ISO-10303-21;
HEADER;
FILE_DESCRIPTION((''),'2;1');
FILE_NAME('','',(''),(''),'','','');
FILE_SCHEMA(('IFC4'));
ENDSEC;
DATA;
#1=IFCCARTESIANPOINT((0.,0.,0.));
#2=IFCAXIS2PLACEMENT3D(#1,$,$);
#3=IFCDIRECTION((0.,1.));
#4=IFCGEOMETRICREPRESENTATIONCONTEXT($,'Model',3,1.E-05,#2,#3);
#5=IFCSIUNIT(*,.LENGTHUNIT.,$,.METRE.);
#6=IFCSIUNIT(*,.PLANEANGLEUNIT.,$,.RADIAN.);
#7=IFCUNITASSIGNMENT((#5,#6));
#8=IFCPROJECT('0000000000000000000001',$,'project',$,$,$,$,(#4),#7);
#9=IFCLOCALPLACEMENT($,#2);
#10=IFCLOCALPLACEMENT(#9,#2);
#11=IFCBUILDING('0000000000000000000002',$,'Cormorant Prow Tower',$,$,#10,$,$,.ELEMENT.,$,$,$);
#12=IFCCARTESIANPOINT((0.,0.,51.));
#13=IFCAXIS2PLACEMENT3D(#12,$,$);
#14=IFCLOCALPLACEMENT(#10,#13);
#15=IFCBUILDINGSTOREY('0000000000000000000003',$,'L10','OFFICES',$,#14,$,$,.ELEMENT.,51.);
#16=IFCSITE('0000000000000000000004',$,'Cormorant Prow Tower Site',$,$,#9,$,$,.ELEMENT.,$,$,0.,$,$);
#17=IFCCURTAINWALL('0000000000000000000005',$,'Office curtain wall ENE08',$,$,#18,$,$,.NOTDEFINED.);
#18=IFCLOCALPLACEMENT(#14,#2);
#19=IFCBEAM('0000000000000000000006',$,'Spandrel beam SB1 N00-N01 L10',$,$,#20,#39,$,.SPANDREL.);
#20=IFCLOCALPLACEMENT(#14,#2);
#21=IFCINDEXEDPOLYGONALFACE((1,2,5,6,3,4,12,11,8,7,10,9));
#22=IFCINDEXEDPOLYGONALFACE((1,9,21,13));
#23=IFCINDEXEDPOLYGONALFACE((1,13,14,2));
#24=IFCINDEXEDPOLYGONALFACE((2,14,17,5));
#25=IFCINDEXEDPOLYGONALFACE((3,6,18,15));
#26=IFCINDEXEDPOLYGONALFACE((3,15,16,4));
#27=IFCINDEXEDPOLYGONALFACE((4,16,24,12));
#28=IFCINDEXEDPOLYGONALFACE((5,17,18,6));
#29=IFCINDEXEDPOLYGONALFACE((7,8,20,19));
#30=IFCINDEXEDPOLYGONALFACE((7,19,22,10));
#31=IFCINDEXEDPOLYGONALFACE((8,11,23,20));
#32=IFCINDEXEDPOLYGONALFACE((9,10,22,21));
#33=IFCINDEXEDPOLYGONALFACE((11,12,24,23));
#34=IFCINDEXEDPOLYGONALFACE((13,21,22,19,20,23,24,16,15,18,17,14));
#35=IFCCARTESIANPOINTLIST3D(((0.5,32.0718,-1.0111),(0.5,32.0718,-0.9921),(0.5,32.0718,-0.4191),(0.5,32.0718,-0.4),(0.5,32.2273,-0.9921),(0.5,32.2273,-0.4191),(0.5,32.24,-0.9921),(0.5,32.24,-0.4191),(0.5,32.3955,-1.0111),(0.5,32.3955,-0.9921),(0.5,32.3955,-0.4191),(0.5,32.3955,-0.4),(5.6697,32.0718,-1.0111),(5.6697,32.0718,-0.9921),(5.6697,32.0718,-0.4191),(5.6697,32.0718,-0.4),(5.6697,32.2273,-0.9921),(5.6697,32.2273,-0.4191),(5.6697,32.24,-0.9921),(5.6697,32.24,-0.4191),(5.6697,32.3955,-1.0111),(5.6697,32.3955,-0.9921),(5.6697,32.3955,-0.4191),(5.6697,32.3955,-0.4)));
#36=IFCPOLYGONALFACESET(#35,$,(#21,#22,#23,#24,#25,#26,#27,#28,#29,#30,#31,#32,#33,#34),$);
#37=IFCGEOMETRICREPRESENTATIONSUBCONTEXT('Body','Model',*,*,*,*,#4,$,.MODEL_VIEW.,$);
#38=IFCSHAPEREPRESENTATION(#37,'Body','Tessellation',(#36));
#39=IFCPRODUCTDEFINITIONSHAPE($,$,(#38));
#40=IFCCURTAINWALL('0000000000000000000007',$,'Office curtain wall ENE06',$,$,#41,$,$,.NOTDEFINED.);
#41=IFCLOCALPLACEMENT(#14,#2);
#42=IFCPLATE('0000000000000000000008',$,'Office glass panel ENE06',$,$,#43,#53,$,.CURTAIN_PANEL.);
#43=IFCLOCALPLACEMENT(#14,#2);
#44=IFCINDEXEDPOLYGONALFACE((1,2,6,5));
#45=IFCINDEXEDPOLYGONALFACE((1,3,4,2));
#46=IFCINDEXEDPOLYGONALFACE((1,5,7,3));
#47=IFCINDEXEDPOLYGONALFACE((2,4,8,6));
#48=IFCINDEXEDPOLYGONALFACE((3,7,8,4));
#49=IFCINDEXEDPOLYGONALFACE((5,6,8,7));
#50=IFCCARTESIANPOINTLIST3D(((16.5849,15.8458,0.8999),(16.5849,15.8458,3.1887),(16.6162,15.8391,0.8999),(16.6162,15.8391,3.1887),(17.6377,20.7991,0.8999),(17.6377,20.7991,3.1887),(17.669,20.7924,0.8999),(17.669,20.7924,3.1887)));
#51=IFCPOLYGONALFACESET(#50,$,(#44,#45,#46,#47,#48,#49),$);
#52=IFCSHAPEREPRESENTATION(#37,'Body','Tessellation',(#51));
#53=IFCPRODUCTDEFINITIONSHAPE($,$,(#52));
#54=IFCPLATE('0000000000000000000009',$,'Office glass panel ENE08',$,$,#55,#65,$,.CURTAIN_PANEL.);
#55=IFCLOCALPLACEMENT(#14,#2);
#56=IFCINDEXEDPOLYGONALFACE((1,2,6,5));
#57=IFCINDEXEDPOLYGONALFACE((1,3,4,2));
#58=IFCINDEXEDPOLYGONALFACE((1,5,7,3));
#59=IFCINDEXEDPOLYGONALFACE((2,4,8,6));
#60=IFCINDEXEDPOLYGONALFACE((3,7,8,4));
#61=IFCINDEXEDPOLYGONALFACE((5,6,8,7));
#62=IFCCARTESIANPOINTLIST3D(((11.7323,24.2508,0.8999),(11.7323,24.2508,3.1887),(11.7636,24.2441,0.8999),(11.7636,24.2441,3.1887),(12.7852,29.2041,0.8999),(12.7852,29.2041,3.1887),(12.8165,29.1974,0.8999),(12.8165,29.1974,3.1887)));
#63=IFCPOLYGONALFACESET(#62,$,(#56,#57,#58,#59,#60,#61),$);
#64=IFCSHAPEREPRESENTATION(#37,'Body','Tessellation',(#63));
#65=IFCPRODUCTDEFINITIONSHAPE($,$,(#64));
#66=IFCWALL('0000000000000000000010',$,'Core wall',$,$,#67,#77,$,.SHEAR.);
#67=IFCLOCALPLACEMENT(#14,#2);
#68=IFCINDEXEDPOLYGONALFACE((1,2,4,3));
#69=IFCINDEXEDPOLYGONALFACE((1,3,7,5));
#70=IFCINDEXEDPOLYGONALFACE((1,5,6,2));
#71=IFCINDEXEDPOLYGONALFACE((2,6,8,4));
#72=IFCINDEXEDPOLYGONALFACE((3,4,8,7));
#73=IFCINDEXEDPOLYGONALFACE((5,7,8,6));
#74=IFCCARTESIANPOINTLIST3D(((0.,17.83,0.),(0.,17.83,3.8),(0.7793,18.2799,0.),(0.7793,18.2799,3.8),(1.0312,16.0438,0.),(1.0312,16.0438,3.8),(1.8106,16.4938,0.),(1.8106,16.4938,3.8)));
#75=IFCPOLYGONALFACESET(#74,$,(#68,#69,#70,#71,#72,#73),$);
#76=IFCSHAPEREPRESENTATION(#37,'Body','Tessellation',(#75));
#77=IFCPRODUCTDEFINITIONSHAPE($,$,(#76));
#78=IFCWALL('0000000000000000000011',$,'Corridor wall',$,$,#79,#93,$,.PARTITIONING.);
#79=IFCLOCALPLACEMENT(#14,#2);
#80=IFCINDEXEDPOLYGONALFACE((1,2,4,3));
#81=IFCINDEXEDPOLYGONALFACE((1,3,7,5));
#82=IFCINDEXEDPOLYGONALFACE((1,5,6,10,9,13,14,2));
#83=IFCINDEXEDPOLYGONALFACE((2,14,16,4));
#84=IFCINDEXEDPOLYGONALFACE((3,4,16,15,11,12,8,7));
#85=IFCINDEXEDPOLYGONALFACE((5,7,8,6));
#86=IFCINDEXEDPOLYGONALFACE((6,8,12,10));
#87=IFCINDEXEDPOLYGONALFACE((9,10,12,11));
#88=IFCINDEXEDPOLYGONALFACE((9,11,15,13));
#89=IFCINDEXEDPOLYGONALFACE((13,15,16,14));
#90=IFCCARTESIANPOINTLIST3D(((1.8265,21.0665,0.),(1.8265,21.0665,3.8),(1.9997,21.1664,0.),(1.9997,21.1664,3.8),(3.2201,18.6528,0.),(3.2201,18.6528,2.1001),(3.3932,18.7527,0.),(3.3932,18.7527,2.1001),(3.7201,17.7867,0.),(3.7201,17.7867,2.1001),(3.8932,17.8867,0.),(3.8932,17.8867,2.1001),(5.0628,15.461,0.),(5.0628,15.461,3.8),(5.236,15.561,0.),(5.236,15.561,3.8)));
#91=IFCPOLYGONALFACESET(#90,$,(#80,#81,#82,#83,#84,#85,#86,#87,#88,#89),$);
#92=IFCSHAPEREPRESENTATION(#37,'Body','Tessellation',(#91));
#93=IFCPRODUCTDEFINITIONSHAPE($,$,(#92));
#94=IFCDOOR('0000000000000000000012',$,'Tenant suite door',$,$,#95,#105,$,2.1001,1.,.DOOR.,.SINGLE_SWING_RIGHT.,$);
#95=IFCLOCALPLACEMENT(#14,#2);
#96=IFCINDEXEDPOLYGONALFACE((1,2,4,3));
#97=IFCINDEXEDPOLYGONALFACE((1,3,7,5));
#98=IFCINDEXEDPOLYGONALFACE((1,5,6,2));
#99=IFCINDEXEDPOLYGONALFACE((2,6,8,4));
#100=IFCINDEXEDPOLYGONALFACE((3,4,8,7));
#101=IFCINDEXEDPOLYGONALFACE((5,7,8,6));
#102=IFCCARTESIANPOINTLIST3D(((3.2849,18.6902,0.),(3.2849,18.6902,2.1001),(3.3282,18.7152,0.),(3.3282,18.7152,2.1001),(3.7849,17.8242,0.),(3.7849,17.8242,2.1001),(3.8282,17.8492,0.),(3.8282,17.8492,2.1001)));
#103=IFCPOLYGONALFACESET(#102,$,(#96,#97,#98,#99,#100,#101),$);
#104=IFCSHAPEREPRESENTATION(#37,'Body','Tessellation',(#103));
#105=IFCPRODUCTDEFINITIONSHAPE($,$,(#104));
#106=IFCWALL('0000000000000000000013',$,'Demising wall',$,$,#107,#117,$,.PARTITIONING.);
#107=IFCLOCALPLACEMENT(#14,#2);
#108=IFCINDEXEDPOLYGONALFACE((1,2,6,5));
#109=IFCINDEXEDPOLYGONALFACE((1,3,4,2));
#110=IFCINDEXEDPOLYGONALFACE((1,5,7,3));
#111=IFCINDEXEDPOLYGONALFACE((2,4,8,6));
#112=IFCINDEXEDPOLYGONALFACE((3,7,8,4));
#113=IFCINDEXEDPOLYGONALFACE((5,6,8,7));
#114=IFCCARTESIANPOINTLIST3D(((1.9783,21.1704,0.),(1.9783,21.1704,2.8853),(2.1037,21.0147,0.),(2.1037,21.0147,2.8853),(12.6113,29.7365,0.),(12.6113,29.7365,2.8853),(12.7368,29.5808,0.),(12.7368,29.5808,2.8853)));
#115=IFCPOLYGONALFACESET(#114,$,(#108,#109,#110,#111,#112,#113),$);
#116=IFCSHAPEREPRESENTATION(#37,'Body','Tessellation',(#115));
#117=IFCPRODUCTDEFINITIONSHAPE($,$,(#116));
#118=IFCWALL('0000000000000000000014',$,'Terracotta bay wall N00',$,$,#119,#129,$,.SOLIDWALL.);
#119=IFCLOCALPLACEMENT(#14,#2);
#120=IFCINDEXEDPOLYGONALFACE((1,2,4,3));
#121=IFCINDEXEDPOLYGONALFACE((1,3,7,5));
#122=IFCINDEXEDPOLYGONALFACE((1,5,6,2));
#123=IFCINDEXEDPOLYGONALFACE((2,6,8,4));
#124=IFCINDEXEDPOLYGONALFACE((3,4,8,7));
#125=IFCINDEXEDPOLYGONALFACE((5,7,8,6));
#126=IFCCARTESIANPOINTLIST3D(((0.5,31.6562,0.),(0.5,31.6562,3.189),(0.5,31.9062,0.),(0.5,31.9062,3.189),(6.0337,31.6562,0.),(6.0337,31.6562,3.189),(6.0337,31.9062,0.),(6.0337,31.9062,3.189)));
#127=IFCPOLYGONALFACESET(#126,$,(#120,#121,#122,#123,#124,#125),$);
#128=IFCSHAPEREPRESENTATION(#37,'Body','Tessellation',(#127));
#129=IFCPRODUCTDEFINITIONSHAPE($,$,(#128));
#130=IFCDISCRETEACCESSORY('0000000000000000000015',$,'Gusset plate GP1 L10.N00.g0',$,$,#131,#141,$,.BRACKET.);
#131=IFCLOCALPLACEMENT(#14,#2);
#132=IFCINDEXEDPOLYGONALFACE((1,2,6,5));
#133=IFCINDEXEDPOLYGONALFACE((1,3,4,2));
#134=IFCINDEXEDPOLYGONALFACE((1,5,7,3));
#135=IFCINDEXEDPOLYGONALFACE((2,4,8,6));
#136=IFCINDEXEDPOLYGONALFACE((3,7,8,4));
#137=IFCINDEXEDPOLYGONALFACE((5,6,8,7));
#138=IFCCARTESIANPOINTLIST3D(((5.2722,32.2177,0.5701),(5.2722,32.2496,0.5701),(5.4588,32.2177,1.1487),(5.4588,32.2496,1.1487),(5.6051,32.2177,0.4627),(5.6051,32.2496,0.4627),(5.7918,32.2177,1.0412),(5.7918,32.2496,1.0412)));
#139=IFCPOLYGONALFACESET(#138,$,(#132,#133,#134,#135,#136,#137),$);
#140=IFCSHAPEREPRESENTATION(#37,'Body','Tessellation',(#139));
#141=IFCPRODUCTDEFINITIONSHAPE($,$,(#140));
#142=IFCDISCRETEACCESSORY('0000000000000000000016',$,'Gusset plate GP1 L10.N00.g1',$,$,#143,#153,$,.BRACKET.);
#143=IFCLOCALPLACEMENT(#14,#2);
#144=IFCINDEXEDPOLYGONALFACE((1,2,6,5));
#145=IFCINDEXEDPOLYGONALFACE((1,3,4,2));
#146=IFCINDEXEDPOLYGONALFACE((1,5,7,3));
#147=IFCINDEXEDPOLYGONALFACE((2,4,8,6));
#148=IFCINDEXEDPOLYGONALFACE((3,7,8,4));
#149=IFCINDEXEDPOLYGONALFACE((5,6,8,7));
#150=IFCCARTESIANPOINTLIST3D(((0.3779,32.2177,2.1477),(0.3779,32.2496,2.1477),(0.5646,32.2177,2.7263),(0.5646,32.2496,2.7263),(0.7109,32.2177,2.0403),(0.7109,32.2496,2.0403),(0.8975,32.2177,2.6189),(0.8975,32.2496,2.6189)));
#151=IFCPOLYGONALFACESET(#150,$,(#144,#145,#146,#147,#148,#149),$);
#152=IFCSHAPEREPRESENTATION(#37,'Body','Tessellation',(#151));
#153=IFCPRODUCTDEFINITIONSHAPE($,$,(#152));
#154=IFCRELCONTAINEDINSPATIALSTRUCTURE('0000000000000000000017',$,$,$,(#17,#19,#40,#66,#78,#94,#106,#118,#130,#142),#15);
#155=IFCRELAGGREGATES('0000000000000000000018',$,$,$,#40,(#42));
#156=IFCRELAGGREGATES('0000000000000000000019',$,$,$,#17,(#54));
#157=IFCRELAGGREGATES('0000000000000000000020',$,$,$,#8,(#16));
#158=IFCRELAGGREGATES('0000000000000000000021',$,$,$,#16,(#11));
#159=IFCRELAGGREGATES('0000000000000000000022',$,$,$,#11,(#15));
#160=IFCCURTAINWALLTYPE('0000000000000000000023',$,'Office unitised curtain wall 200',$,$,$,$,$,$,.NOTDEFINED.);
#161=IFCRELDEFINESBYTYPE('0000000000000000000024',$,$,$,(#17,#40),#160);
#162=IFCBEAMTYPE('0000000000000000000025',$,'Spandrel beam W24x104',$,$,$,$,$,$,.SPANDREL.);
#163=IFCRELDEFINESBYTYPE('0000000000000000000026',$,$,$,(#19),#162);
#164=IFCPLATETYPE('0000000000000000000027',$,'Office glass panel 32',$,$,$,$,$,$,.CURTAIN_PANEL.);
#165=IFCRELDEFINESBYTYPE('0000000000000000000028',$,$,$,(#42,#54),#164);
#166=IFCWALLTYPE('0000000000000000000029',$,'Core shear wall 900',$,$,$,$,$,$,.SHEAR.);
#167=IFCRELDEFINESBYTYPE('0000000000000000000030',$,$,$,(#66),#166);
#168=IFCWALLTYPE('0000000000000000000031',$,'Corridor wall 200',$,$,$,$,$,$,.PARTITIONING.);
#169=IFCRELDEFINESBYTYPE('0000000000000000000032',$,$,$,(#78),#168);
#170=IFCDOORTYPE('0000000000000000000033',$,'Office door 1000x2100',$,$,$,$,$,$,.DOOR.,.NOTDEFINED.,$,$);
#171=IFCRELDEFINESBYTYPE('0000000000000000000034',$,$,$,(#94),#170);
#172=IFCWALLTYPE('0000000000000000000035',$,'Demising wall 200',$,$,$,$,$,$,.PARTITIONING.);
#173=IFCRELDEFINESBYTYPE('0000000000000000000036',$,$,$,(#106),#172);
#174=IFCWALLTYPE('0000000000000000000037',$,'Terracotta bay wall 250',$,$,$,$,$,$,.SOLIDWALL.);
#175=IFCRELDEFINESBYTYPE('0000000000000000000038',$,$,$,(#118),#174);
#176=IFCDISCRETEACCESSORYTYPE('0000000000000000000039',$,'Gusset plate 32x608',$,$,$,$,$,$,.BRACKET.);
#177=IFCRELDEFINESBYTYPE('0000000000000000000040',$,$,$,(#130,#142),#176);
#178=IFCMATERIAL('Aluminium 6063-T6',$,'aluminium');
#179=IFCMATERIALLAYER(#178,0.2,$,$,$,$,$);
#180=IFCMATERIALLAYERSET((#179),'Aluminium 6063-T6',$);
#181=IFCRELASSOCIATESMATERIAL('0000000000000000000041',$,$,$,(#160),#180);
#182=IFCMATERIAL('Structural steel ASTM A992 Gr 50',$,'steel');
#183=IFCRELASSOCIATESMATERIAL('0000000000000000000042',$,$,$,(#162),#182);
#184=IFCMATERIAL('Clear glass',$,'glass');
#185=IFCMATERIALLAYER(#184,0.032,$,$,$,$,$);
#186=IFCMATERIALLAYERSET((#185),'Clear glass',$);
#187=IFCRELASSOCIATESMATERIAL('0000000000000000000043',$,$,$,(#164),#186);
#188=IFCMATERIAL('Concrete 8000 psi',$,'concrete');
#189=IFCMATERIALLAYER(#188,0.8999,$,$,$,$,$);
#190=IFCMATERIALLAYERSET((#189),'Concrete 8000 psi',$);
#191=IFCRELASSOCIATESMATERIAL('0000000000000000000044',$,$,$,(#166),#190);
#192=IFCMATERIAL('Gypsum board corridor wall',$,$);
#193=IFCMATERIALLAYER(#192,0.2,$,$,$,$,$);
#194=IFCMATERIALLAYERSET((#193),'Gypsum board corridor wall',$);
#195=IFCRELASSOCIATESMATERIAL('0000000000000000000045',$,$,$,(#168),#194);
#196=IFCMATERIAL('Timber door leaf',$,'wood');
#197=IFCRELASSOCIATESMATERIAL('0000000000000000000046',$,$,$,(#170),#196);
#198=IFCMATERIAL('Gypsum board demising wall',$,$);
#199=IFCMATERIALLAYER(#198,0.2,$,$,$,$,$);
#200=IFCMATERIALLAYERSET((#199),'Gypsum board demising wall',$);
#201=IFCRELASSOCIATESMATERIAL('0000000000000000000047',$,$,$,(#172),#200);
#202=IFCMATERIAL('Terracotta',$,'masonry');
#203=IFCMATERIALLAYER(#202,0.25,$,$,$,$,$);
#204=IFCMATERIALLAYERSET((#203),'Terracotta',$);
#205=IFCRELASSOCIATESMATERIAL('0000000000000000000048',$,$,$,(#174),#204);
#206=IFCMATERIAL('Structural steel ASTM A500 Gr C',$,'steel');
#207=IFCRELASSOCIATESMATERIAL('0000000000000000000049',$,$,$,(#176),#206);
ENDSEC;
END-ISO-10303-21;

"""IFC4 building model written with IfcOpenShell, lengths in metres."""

from ifc_helpers import new_model, si_unit, direction, frame, frame_2d, origin, origin_2d, place, context, subcontext, project, spatial, rectangle, i_section, extrude, material, layer, layer_set, material_profile, profile_set, type_object, element, fill, aggregate, save


model = new_model("IFC4")

# Units and contexts
model_context = context("Model", 3, precision=1e-05, world=origin(), true_north=direction((0.0, 1.0)))
body_context = subcontext(model_context, "Body", "Model", "MODEL_VIEW")
ifc_project = project(units=[si_unit("LENGTHUNIT", "METRE"), si_unit("PLANEANGLEUNIT", "RADIAN")], contexts=[model_context])

# Site, building, storey
site_placement = place(None, origin())
site = spatial("IfcSite", under=ifc_project, at=site_placement, Name="Cormorant Prow Tower Site", CompositionType="ELEMENT", RefElevation=0.0)
building_placement = place(site_placement, origin())
building = spatial("IfcBuilding", under=site, at=building_placement, Name="Cormorant Prow Tower", CompositionType="ELEMENT")
storey_placement = place(building_placement, frame((0.0, 0.0, 51.0)))
storey = spatial("IfcBuildingStorey", under=building, at=storey_placement, Name="L10", Description="OFFICES", CompositionType="ELEMENT", Elevation=51.0)

# Curtain wall
ifc_material_1 = material(Name="Aluminium 6063-T6", Category="aluminium")
ifc_layer_1 = layer(ifc_material_1, 0.2)
ifc_layer_set_1 = layer_set([ifc_layer_1], Name="Aluminium 6063-T6")
curtain_wall_type = type_object("IfcCurtainWallType", Name="Office unitised curtain wall 200", PredefinedType="NOTDEFINED", material=ifc_layer_set_1)
curtain_wall_1_placement = place(storey_placement, origin())
curtain_wall_1 = element("IfcCurtainWall", 1, at=curtain_wall_1_placement, inside=storey, type_object=curtain_wall_type, Name="Office curtain wall ENE08", PredefinedType="NOTDEFINED")

# Beam
ifc_material_2 = material(Name="Structural steel ASTM A992 Gr 50", Category="steel")
ifc_material_profile_1 = material_profile(ifc_material_2, i_section(OverallWidth=0.3237, OverallDepth=0.6111, WebThickness=0.0127, FlangeThickness=0.019, at=origin_2d()), Name="W24x104")
ifc_profile_set_1 = profile_set([ifc_material_profile_1], Name="Structural steel ASTM A992 Gr 50")
beam_type = type_object("IfcBeamType", Name="Spandrel beam W24x104", PredefinedType="SPANDREL", material=ifc_profile_set_1)
beam_1_placement = place(storey_placement, frame((5.6697, 32.2336, -0.7056), z_axis=(-1.0, 0.0, 0.0), x_axis=(0.0, -1.0, 0.0)))
element("IfcBeam", 2, at=beam_1_placement, inside=storey, type_object=beam_type, Name="Spandrel beam SB1 N00-N01 L10", PredefinedType="SPANDREL", context=body_context, shape_type="SweptSolid", body=[
    extrude(i_section(OverallWidth=0.3237, OverallDepth=0.6111, WebThickness=0.0127, FlangeThickness=0.019, at=origin_2d()), origin(), (0.0, 0.0, 1.0), 5.1697),
])

# Curtain wall, plate
curtain_wall_2_placement = place(storey_placement, origin())
curtain_wall_2 = element("IfcCurtainWall", 3, at=curtain_wall_2_placement, inside=storey, type_object=curtain_wall_type, Name="Office curtain wall ENE06", PredefinedType="NOTDEFINED")
ifc_material_3 = material(Name="Clear glass", Category="glass")
ifc_layer_2 = layer(ifc_material_3, 0.032)
ifc_layer_set_2 = layer_set([ifc_layer_2], Name="Clear glass")
plate_type = type_object("IfcPlateType", Name="Office glass panel 32", PredefinedType="CURTAIN_PANEL", material=ifc_layer_set_2)
plate_1_placement = place(storey_placement, frame((17.127, 18.3191, 0.8999), z_axis=(0.0, 0.0, 1.0), x_axis=(0.207912, 0.978148, 0.0)))
plate_1 = element("IfcPlate", 4, at=plate_1_placement, type_object=plate_type, Name="Office glass panel ENE06", PredefinedType="CURTAIN_PANEL", context=body_context, shape_type="SweptSolid", body=[
    extrude(rectangle(XDim=5.064, YDim=0.032, at=origin_2d()), origin(), (0.0, 0.0, 1.0), 2.2888),
])
aggregate(curtain_wall_2, [plate_1])

# Plate
plate_2_placement = place(storey_placement, frame((12.2744, 26.7241, 0.8999), z_axis=(0.0, 0.0, 1.0), x_axis=(0.207912, 0.978148, 0.0)))
plate_2 = element("IfcPlate", 5, at=plate_2_placement, type_object=plate_type, Name="Office glass panel ENE08", PredefinedType="CURTAIN_PANEL", context=body_context, shape_type="SweptSolid", body=[
    extrude(rectangle(XDim=5.064, YDim=0.032, at=origin_2d()), origin(), (0.0, 0.0, 1.0), 2.2888),
])
aggregate(curtain_wall_1, [plate_2])

# Wall
ifc_material_4 = material(Name="Concrete 8000 psi", Category="concrete")
ifc_layer_3 = layer(ifc_material_4, 0.8999)
ifc_layer_set_3 = layer_set([ifc_layer_3], Name="Concrete 8000 psi")
wall_type_1 = type_object("IfcWallType", Name="Core shear wall 900", PredefinedType="SHEAR", material=ifc_layer_set_3)
wall_1_placement = place(storey_placement, frame((1.4209, 16.2688, 0.0), z_axis=(0.0, 0.0, 1.0), x_axis=(-0.500009, 0.86602, 0.0)))
element("IfcWall", 6, at=wall_1_placement, inside=storey, type_object=wall_type_1, Name="Core wall", PredefinedType="SHEAR", context=body_context, shape_type="SweptSolid", body=[
    extrude(rectangle(XDim=2.0625, YDim=0.8999, at=frame_2d((1.0312, 0.0))), origin(), (0.0, 0.0, 1.0), 3.8),
])

# Wall, opening, door
ifc_material_5 = material(Name="Gypsum board corridor wall")
ifc_layer_4 = layer(ifc_material_5, 0.2)
ifc_layer_set_4 = layer_set([ifc_layer_4], Name="Gypsum board corridor wall")
wall_type_2 = type_object("IfcWallType", Name="Corridor wall 200", PredefinedType="PARTITIONING", material=ifc_layer_set_4)
wall_2_placement = place(storey_placement, frame((1.9131, 21.1165, 0.0), z_axis=(0.0, 0.0, 1.0), x_axis=(0.500001, -0.866025, 0.0)))
wall_2 = element("IfcWall", 7, at=wall_2_placement, inside=storey, type_object=wall_type_2, Name="Corridor wall", PredefinedType="PARTITIONING", context=body_context, shape_type="SweptSolid", body=[
    extrude(rectangle(XDim=6.4727, YDim=0.2, at=frame_2d((3.2363, 0.0))), origin(), (0.0, 0.0, 1.0), 3.8),
])
opening_1_placement = place(wall_2_placement, frame((2.7871, 0.0, 0.0)))
opening_1 = element("IfcOpeningElement", 8, at=opening_1_placement, cuts=wall_2, PredefinedType="OPENING", context=body_context, shape_type="SweptSolid", body=[
    extrude(rectangle(XDim=1.0, YDim=2.1001, at=frame_2d((0.5, 1.05))), frame((0.0, 0.1099, 0.0), z_axis=(0.0, -1.0, 0.0), x_axis=(1.0, 0.0, 0.0)), (0.0, 0.0, 1.0), 0.22),
])
ifc_material_6 = material(Name="Timber door leaf", Category="wood")
door_type_1 = type_object("IfcDoorType", Name="Office door 1000x2100", OperationType="NOTDEFINED", PredefinedType="DOOR", material=ifc_material_6)
door_1_placement = place(opening_1_placement, origin())
door_1 = element("IfcDoor", 9, at=door_1_placement, inside=storey, type_object=door_type_1, Name="Tenant suite door", OperationType="SINGLE_SWING_RIGHT", OverallHeight=2.1001, OverallWidth=1.0, PredefinedType="DOOR", context=body_context, shape_type="SweptSolid", body=[
    extrude(rectangle(XDim=1.0, YDim=2.1001, at=frame_2d((0.5, 1.05))), frame((0.0, 0.0249, 0.0), z_axis=(0.0, -1.0, 0.0), x_axis=(1.0, 0.0, 0.0)), (0.0, 0.0, 1.0), 0.05),
])
fill(opening_1, door_1)

# Walls
ifc_material_7 = material(Name="Gypsum board demising wall")
ifc_layer_5 = layer(ifc_material_7, 0.2)
ifc_layer_set_5 = layer_set([ifc_layer_5], Name="Gypsum board demising wall")
wall_type_3 = type_object("IfcWallType", Name="Demising wall 200", PredefinedType="PARTITIONING", material=ifc_layer_set_5)
wall_3_placement = place(storey_placement, frame((2.041, 21.0925, 0.0), z_axis=(0.0, 0.0, 1.0), x_axis=(0.778731, 0.627358, 0.0)))
element("IfcWall", 10, at=wall_3_placement, inside=storey, type_object=wall_type_3, Name="Demising wall", PredefinedType="PARTITIONING", context=body_context, shape_type="SweptSolid", body=[
    extrude(rectangle(XDim=13.6543, YDim=0.2, at=frame_2d((6.8271, 0.0))), origin(), (0.0, 0.0, 1.0), 2.8853),
])
ifc_material_8 = material(Name="Terracotta", Category="masonry")
ifc_layer_6 = layer(ifc_material_8, 0.25)
ifc_layer_set_6 = layer_set([ifc_layer_6], Name="Terracotta")
wall_type_4 = type_object("IfcWallType", Name="Terracotta bay wall 250", PredefinedType="SOLIDWALL", material=ifc_layer_set_6)
wall_4_placement = place(storey_placement, frame((6.0337, 31.7812, 0.0), z_axis=(0.0, 0.0, 1.0), x_axis=(-1.0, 0.0, 0.0)))
element("IfcWall", 11, at=wall_4_placement, inside=storey, type_object=wall_type_4, Name="Terracotta bay wall N00", PredefinedType="SOLIDWALL", context=body_context, shape_type="SweptSolid", body=[
    extrude(rectangle(XDim=5.5337, YDim=0.25, at=frame_2d((2.7668, 0.0))), origin(), (0.0, 0.0, 1.0), 3.189),
])

# Discrete accessories
ifc_material_9 = material(Name="Structural steel ASTM A500 Gr C", Category="steel")
ifc_material_profile_2 = material_profile(ifc_material_9, rectangle(XDim=0.032, YDim=0.6079, at=origin_2d()), Name="Gusset plate 32x608")
ifc_profile_set_2 = profile_set([ifc_material_profile_2], Name="Structural steel ASTM A500 Gr C")
discrete_accessory_type = type_object("IfcDiscreteAccessoryType", Name="Gusset plate 32x608", PredefinedType="BRACKET", material=ifc_profile_set_2)
for number, where, z_axis, x_axis, name in (
    (12, (5.3655, 32.2336, 0.8594), (0.951709, 0.0, -0.307003), (0.0, 1.0, 0.0), "Gusset plate GP1 L10.N00.g0"),
    (13, (0.8042, 32.2336, 2.3296), (-0.951709, 0.0, 0.307003), (0.0, -1.0, 0.0), "Gusset plate GP1 L10.N00.g1"),
):
    element("IfcDiscreteAccessory", number, at=place(storey_placement, frame(where, z_axis=z_axis, x_axis=x_axis)), inside=storey, type_object=discrete_accessory_type, Name=name, PredefinedType="BRACKET", context=body_context, shape_type="SweptSolid", body=[
        extrude(rectangle(XDim=0.032, YDim=0.6079, at=origin_2d()), origin(), (0.0, 0.0, 1.0), 0.3499),
    ])

save(model, "model.ifc")
